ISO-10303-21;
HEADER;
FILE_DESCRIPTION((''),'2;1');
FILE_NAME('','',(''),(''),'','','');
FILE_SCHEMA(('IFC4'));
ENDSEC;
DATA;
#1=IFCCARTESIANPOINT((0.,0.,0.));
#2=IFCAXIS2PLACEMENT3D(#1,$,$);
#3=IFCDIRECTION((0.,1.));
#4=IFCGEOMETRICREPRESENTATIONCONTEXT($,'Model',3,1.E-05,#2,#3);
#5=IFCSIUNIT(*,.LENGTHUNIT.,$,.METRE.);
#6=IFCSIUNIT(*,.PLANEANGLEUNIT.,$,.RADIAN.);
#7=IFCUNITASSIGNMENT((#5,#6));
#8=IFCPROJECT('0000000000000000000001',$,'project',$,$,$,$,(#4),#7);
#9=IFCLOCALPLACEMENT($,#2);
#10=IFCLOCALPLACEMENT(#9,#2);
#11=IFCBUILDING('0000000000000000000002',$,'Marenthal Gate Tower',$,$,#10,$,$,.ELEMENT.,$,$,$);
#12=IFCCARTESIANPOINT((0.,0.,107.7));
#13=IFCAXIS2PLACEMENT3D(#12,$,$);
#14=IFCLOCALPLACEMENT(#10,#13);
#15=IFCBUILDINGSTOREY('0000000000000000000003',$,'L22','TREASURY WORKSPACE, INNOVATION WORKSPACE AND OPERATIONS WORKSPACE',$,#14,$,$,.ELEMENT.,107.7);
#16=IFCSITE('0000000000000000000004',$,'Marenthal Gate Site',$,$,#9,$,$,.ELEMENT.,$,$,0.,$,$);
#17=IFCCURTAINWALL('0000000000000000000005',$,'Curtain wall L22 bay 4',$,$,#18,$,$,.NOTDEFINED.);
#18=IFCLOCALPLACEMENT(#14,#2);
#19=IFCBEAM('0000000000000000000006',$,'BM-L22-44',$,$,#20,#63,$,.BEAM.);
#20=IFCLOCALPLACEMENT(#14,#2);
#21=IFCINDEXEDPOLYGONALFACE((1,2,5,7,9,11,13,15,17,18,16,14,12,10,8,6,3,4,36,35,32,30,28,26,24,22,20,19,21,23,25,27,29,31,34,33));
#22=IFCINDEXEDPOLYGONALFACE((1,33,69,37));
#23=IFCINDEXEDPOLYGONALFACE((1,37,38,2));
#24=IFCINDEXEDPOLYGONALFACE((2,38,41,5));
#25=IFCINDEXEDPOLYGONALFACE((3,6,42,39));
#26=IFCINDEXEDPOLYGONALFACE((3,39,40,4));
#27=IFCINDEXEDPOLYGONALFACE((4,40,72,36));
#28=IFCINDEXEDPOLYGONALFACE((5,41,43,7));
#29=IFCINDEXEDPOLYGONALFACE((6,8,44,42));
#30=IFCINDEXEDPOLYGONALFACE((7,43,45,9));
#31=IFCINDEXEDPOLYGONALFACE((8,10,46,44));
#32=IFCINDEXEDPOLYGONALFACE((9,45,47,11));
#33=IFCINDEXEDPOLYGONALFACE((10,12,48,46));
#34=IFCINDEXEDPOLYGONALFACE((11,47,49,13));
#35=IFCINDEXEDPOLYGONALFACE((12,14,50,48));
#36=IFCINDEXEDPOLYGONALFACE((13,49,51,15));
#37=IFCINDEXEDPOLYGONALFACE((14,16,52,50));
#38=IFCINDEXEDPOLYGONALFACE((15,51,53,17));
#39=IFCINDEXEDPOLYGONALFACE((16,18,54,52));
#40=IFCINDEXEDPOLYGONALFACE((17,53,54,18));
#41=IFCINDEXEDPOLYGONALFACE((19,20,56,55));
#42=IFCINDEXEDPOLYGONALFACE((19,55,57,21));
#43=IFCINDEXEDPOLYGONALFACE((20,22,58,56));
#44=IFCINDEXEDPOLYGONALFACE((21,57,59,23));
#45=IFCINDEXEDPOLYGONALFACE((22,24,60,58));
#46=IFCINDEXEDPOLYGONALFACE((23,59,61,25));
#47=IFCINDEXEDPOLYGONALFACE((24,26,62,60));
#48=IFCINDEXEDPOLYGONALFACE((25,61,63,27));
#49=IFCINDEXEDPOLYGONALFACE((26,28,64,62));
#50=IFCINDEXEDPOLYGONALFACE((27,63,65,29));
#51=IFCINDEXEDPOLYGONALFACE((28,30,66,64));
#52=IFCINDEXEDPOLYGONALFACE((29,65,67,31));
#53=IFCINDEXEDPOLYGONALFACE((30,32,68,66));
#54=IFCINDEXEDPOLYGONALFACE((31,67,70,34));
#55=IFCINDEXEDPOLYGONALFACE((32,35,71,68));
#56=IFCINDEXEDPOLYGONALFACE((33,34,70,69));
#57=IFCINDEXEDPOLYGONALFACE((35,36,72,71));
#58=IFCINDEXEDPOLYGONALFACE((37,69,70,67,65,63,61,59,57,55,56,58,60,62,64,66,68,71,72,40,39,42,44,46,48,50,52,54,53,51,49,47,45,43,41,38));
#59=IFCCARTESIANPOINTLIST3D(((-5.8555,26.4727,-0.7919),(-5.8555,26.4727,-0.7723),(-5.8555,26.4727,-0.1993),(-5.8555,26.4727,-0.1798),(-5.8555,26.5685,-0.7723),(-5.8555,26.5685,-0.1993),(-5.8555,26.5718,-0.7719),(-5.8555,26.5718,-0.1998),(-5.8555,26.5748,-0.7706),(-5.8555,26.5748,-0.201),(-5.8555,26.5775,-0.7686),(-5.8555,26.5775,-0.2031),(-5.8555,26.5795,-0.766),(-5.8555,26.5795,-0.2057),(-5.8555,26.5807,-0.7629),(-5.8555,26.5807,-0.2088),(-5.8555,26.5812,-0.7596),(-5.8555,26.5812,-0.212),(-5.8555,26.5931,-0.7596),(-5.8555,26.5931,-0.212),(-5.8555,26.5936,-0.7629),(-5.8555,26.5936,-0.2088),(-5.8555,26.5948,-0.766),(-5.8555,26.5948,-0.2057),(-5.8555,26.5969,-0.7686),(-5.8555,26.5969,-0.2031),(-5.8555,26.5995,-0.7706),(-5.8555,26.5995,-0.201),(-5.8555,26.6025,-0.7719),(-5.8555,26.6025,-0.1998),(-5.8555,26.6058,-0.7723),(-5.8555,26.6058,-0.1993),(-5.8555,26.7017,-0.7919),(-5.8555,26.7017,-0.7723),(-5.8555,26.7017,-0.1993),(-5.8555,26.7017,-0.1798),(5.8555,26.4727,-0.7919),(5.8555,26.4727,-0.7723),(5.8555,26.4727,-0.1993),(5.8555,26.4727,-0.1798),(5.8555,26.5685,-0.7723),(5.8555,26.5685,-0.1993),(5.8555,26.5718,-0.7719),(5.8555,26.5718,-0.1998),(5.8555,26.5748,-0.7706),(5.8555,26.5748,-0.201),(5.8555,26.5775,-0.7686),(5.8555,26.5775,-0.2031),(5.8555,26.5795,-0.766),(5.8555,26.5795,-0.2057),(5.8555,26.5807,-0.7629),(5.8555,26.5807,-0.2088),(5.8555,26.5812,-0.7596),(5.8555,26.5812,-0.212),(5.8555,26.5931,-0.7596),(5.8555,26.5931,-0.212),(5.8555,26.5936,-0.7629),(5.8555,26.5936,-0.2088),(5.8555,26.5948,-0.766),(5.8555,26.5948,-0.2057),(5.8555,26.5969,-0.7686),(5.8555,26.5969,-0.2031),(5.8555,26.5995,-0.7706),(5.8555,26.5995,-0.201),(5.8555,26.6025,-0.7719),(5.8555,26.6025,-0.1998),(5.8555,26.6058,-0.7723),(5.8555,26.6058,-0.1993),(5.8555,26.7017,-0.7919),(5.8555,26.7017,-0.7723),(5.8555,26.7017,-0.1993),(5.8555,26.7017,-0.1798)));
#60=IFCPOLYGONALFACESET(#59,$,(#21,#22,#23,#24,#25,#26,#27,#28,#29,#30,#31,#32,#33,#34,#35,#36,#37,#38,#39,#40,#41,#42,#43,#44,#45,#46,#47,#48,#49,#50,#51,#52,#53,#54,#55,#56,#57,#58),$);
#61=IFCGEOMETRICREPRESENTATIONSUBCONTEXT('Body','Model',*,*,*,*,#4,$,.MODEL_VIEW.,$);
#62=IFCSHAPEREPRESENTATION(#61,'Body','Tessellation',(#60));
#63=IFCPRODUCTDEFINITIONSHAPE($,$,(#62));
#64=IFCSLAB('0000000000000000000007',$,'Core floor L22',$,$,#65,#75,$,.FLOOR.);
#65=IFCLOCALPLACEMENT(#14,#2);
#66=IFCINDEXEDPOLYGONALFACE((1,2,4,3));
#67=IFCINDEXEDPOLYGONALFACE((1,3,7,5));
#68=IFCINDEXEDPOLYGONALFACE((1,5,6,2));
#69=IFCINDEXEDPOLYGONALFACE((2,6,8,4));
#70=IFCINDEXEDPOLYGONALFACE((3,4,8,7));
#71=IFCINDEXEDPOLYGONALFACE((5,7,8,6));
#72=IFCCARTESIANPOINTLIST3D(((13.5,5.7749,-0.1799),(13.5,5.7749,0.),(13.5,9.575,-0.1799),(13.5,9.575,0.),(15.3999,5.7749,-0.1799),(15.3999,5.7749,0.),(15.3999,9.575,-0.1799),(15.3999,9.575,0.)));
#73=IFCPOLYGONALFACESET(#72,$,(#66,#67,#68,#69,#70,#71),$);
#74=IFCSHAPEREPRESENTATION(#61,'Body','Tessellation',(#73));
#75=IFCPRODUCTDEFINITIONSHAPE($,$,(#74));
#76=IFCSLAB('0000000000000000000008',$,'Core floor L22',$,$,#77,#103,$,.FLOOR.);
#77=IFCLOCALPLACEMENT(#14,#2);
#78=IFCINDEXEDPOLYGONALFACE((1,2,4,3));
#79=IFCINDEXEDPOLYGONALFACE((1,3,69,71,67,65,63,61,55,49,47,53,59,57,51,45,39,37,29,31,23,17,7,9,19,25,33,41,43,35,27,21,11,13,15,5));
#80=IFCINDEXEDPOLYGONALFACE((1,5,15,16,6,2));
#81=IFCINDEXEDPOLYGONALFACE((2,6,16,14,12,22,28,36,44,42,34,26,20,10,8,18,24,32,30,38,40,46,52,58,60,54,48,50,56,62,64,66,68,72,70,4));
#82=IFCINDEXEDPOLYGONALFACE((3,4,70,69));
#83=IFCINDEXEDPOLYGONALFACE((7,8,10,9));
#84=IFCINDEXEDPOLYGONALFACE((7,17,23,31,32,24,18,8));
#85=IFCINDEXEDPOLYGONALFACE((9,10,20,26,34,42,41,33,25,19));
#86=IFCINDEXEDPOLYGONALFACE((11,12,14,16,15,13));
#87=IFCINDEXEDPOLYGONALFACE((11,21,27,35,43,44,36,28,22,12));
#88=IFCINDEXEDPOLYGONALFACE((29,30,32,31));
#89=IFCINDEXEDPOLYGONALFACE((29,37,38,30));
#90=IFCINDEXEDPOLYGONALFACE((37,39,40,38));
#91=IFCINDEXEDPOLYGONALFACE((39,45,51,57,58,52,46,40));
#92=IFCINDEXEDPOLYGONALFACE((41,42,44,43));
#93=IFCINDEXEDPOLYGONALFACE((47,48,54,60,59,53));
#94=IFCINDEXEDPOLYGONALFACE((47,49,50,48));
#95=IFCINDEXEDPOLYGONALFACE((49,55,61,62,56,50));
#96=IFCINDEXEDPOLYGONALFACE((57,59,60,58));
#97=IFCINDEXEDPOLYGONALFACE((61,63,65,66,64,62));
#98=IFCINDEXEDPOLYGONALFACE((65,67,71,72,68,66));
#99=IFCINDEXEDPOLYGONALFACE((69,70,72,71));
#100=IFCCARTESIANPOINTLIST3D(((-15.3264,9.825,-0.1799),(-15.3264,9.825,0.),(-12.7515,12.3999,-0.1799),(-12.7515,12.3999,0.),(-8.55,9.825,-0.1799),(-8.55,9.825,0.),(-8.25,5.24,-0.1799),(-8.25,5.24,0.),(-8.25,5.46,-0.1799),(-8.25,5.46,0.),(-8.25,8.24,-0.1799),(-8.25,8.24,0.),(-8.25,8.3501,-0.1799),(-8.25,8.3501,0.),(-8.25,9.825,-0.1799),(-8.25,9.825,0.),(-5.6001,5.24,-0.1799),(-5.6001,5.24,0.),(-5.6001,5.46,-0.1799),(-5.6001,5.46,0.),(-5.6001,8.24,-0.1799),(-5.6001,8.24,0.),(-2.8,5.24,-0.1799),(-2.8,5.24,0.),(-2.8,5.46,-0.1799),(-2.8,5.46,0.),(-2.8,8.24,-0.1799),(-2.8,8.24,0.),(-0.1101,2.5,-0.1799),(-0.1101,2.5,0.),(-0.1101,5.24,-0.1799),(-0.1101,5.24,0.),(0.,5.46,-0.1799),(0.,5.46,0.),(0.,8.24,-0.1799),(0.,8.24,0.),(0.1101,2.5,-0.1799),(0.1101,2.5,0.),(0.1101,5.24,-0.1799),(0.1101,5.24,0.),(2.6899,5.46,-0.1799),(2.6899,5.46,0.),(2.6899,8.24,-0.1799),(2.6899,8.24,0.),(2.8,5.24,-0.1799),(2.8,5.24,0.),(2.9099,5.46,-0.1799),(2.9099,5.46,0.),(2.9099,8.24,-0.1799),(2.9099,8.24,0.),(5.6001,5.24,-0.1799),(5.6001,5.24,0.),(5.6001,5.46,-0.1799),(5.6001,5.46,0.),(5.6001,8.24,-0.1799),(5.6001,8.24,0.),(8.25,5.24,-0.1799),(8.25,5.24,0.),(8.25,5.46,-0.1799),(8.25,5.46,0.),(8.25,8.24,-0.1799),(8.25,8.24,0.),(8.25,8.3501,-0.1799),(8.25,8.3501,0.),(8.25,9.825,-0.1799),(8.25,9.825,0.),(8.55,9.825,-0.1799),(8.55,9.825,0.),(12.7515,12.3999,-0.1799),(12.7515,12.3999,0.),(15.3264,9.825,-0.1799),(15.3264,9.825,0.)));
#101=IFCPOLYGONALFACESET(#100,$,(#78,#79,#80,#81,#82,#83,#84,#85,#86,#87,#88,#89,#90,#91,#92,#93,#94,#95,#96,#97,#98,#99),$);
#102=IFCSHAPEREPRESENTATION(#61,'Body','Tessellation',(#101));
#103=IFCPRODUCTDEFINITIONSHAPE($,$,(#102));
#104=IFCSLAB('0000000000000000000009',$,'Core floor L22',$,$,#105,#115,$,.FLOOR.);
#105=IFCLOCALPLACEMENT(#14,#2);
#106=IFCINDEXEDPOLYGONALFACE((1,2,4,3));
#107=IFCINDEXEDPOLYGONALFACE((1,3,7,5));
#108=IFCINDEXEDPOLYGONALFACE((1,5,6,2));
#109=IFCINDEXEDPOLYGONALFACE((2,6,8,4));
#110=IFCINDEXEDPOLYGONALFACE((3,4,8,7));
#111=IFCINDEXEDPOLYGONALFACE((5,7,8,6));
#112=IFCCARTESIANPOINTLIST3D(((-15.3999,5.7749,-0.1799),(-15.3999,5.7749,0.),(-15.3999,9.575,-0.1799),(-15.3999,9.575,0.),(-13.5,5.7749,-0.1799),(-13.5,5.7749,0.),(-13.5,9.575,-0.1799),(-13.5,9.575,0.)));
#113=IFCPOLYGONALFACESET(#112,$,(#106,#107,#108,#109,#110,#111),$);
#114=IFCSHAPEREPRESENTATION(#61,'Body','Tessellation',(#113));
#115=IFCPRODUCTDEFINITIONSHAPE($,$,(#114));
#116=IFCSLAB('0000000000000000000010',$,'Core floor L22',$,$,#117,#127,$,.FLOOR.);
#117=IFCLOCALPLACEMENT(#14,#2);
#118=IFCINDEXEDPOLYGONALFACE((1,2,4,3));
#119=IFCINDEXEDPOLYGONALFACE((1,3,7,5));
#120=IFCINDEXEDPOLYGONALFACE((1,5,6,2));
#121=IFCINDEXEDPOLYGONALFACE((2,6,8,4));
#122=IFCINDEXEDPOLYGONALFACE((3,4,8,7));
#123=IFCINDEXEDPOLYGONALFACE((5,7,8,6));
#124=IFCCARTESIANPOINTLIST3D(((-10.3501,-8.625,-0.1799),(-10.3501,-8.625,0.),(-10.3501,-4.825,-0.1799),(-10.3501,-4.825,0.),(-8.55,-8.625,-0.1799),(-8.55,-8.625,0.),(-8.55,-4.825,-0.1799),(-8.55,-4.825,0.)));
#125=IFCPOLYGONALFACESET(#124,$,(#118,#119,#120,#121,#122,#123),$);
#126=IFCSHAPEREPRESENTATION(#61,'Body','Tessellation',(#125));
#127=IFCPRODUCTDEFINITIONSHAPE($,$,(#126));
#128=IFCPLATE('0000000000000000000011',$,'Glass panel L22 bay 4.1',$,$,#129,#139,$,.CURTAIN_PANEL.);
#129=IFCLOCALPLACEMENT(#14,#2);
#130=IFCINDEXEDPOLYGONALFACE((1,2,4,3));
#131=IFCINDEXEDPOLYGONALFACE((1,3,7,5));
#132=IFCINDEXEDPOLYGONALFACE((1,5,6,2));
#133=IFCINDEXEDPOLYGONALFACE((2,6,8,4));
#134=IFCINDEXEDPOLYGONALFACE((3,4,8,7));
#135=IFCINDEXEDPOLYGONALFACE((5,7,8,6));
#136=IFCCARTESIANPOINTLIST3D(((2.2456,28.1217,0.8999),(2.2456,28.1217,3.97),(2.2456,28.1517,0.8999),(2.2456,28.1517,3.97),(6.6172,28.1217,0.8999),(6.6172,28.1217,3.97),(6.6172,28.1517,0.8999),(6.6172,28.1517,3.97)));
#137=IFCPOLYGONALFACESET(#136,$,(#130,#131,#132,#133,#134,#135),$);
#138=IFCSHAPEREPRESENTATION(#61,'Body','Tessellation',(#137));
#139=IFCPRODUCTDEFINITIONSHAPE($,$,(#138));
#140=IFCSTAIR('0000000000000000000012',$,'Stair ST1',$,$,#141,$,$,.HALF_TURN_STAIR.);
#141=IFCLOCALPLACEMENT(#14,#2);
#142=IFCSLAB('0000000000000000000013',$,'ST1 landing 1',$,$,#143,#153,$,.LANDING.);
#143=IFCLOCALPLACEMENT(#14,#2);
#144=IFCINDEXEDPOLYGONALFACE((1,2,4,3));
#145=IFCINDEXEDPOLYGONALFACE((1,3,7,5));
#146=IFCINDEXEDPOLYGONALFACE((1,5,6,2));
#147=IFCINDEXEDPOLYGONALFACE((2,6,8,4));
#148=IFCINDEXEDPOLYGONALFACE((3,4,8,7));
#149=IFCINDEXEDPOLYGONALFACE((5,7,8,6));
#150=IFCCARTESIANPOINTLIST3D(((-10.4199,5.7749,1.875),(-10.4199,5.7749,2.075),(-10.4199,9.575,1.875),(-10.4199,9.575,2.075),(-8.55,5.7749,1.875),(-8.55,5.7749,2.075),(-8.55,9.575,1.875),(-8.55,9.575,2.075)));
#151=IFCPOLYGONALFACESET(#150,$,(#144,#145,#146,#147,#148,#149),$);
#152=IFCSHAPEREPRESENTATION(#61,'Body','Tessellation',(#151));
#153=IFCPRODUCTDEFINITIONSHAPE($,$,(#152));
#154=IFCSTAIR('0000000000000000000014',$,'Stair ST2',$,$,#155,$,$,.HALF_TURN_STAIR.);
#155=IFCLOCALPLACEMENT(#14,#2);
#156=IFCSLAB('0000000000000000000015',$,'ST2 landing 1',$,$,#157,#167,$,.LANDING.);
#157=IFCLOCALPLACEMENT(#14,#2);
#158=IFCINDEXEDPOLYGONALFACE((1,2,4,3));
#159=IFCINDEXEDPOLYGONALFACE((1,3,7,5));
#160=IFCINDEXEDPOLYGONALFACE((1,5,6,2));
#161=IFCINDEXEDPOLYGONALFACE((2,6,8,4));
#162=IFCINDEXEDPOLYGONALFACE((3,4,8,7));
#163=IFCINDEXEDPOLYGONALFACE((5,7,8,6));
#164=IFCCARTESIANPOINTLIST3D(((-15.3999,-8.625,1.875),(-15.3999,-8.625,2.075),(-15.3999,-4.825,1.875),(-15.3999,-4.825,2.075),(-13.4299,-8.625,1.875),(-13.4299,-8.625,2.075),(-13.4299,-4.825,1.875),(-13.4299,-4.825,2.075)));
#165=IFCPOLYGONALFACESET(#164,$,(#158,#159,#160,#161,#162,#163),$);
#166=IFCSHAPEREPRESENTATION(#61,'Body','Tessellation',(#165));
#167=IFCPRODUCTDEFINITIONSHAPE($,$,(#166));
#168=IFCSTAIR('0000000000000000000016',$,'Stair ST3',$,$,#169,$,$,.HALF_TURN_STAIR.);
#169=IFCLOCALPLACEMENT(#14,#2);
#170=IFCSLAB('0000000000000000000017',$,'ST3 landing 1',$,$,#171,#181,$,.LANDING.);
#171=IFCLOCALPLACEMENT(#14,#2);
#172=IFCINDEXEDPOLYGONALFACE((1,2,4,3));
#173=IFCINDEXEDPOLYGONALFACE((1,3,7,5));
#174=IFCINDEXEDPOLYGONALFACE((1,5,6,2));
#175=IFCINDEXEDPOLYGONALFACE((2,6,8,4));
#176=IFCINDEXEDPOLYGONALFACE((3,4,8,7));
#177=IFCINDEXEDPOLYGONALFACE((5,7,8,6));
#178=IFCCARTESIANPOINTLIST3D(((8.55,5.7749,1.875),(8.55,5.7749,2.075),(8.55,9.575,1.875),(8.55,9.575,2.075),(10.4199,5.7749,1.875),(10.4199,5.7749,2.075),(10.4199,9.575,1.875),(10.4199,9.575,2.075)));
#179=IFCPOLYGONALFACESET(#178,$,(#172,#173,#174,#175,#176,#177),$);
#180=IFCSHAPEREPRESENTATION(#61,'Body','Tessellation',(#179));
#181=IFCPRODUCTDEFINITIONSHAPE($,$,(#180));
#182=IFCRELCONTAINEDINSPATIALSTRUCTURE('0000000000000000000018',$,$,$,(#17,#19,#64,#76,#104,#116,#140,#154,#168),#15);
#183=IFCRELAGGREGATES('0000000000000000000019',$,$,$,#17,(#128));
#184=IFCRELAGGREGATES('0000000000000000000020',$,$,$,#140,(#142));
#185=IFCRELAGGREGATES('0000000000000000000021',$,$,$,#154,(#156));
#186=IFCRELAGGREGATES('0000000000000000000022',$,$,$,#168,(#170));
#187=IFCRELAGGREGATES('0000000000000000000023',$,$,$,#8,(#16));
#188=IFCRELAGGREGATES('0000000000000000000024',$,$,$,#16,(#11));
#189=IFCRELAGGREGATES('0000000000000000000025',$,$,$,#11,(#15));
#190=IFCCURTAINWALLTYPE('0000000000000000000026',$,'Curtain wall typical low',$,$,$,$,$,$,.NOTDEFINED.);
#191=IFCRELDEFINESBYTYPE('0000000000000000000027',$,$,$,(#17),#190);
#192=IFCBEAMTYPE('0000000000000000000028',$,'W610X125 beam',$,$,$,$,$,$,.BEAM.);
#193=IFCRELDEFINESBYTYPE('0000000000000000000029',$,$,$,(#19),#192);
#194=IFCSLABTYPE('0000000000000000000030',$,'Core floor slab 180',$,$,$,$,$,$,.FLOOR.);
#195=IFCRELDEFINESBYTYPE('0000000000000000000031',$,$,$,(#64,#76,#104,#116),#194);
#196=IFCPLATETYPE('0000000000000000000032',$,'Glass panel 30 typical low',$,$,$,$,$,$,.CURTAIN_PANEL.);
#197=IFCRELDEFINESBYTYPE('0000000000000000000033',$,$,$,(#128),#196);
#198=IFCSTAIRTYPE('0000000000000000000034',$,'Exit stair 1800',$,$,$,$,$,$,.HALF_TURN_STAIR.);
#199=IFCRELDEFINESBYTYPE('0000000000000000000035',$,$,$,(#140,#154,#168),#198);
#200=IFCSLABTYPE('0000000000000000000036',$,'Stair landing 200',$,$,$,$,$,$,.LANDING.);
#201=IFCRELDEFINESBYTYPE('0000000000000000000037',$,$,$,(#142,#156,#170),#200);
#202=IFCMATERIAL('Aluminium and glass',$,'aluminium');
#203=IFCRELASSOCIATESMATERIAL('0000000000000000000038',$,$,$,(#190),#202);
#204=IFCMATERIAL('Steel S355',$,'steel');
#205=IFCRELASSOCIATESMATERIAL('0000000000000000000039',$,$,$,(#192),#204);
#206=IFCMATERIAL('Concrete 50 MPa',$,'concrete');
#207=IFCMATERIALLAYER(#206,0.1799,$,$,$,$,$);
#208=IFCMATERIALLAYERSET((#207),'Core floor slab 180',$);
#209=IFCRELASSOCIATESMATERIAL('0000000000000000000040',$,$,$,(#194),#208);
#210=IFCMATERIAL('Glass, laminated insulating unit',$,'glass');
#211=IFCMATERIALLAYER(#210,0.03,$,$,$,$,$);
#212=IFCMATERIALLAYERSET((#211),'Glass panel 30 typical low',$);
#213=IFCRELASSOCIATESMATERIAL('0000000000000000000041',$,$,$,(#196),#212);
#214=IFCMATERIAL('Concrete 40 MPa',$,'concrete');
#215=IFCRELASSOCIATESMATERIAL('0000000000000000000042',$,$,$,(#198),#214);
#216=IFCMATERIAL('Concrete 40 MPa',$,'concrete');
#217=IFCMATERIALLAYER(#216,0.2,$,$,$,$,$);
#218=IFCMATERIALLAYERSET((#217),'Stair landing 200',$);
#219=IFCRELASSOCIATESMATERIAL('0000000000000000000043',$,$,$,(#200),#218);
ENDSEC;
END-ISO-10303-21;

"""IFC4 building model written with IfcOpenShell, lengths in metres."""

from ifc_helpers import new_model, si_unit, direction, frame, origin, origin_2d, place, context, subcontext, project, spatial, polyline, rectangle, i_section, outline, extrude, material, layer, layer_set, material_profile, profile_set, type_object, element, aggregate, save


model = new_model("IFC4")

# Units and contexts
model_context = context("Model", 3, precision=1e-05, world=origin(), true_north=direction((0.0, 1.0)))
body_context = subcontext(model_context, "Body", "Model", "MODEL_VIEW")
ifc_project = project(units=[si_unit("LENGTHUNIT", "METRE"), si_unit("PLANEANGLEUNIT", "RADIAN")], contexts=[model_context])

# Site, building, storey
site_placement = place(None, origin())
site = spatial("IfcSite", under=ifc_project, at=site_placement, Name="Marenthal Gate Site", CompositionType="ELEMENT", RefElevation=0.0)
building_placement = place(site_placement, origin())
building = spatial("IfcBuilding", under=site, at=building_placement, Name="Marenthal Gate Tower", CompositionType="ELEMENT")
storey_placement = place(building_placement, frame((0.0, 0.0, 107.7)))
storey = spatial("IfcBuildingStorey", under=building, at=storey_placement, Name="L22", Description="TREASURY WORKSPACE, INNOVATION WORKSPACE AND OPERATIONS WORKSPACE", CompositionType="ELEMENT", Elevation=107.7)

# Curtain wall
ifc_material_1 = material(Name="Aluminium and glass", Category="aluminium")
curtain_wall_type = type_object("IfcCurtainWallType", Name="Curtain wall typical low", PredefinedType="NOTDEFINED", material=ifc_material_1)
curtain_wall_placement = place(storey_placement, origin())
curtain_wall = element("IfcCurtainWall", 1, at=curtain_wall_placement, inside=storey, type_object=curtain_wall_type, Name="Curtain wall L22 bay 4", PredefinedType="NOTDEFINED")

# Beam
ifc_material_2 = material(Name="Steel S355", Category="steel")
ifc_material_profile_1 = material_profile(ifc_material_2, i_section(OverallWidth=0.229, OverallDepth=0.6121, WebThickness=0.012, FlangeThickness=0.0195, FilletRadius=0.0127, at=origin_2d()), Name="W610X125")
ifc_profile_set_1 = profile_set([ifc_material_profile_1], Name="Steel S355")
beam_type_1 = type_object("IfcBeamType", Name="W610X125 beam", PredefinedType="BEAM", material=ifc_profile_set_1)
beam_1_placement = place(storey_placement, frame((5.8555, 26.5872, -0.4858), z_axis=(-1.0, 0.0, 0.0), x_axis=(0.0, -1.0, 0.0)))
element("IfcBeam", 2, at=beam_1_placement, inside=storey, type_object=beam_type_1, Name="BM-L22-44", PredefinedType="BEAM", context=body_context, shape_type="SweptSolid", body=[
    extrude(i_section(OverallWidth=0.229, OverallDepth=0.6121, WebThickness=0.012, FlangeThickness=0.0195, FilletRadius=0.0127, at=origin_2d()), origin(), (0.0, 0.0, 1.0), 11.7109),
])

# Slabs
ifc_material_3 = material(Name="Concrete 50 MPa", Category="concrete")
ifc_layer_1 = layer(ifc_material_3, 0.1799)
ifc_layer_set_1 = layer_set([ifc_layer_1], Name="Core floor slab 180")
slab_type_1 = type_object("IfcSlabType", Name="Core floor slab 180", PredefinedType="FLOOR", material=ifc_layer_set_1)
slab_1_placement = place(storey_placement, frame((0.0, 0.0, -0.1799)))
element("IfcSlab", 3, at=slab_1_placement, inside=storey, type_object=slab_type_1, Name="Core floor L22", PredefinedType="FLOOR", context=body_context, shape_type="SweptSolid", body=[
    extrude(outline(polyline([(15.3999, 5.7749), (13.5, 5.7749), (13.5, 9.575), (15.3999, 9.575), (15.3999, 5.7749)])), origin(), (0.0, 0.0, 1.0), 0.1799),
])
slab_2_placement = place(storey_placement, frame((0.0, 0.0, -0.1799)))
element("IfcSlab", 4, at=slab_2_placement, inside=storey, type_object=slab_type_1, Name="Core floor L22", PredefinedType="FLOOR", context=body_context, shape_type="SweptSolid", body=[
    extrude(outline(polyline([(12.7515, 12.3999), (15.3264, 9.825), (8.55, 9.825), (8.25, 9.825), (8.25, 8.3501), (8.25, 8.24), (5.6001, 8.24), (2.9099, 8.24), (2.9099, 5.46), (5.6001, 5.46), (8.25, 5.46), (8.25, 5.24), (5.6001, 5.24), (2.8, 5.24), (0.1101, 5.24), (0.1101, 2.5), (-0.1101, 2.5), (-0.1101, 5.24), (-2.8, 5.24), (-5.6001, 5.24), (-8.25, 5.24), (-8.25, 5.46), (-5.6001, 5.46), (-2.8, 5.46), (0.0, 5.46), (2.6899, 5.46), (2.6899, 8.24), (0.0, 8.24), (-2.8, 8.24), (-5.6001, 8.24), (-8.25, 8.24), (-8.25, 8.3501), (-8.25, 9.825), (-8.55, 9.825), (-15.3264, 9.825), (-12.7515, 12.3999), (12.7515, 12.3999)])), origin(), (0.0, 0.0, 1.0), 0.1799),
])
slab_3_placement = place(storey_placement, frame((0.0, 0.0, -0.1799)))
element("IfcSlab", 5, at=slab_3_placement, inside=storey, type_object=slab_type_1, Name="Core floor L22", PredefinedType="FLOOR", context=body_context, shape_type="SweptSolid", body=[
    extrude(outline(polyline([(-15.3999, 9.575), (-13.5, 9.575), (-13.5, 5.7749), (-15.3999, 5.7749), (-15.3999, 9.575)])), origin(), (0.0, 0.0, 1.0), 0.1799),
])
slab_4_placement = place(storey_placement, frame((0.0, 0.0, -0.1799)))
element("IfcSlab", 6, at=slab_4_placement, inside=storey, type_object=slab_type_1, Name="Core floor L22", PredefinedType="FLOOR", context=body_context, shape_type="SweptSolid", body=[
    extrude(outline(polyline([(-8.55, -8.625), (-10.3501, -8.625), (-10.3501, -4.825), (-8.55, -4.825), (-8.55, -8.625)])), origin(), (0.0, 0.0, 1.0), 0.1799),
])

# Plate
ifc_material_4 = material(Name="Glass, laminated insulating unit", Category="glass")
ifc_layer_2 = layer(ifc_material_4, 0.03)
ifc_layer_set_2 = layer_set([ifc_layer_2], Name="Glass panel 30 typical low")
plate_type = type_object("IfcPlateType", Name="Glass panel 30 typical low", PredefinedType="CURTAIN_PANEL", material=ifc_layer_set_2)
plate_placement = place(storey_placement, frame((4.4314, 28.1367, 0.8999), z_axis=(0.0, 0.0, 1.0), x_axis=(-1.0, 0.0, 0.0)))
plate = element("IfcPlate", 7, at=plate_placement, type_object=plate_type, Name="Glass panel L22 bay 4.1", PredefinedType="CURTAIN_PANEL", context=body_context, shape_type="SweptSolid", body=[
    extrude(rectangle(XDim=4.3716, YDim=0.03, at=origin_2d()), origin(), (0.0, 0.0, 1.0), 3.0701),
])
aggregate(curtain_wall, [plate])

# Stairs, slabs
ifc_material_5 = material(Name="Concrete 40 MPa", Category="concrete")
stair_type = type_object("IfcStairType", Name="Exit stair 1800", PredefinedType="HALF_TURN_STAIR", material=ifc_material_5)
stair_1_placement = place(storey_placement, origin())
stair_1 = element("IfcStair", 8, at=stair_1_placement, inside=storey, type_object=stair_type, Name="Stair ST1", PredefinedType="HALF_TURN_STAIR")
ifc_material_6 = material(Name="Concrete 40 MPa", Category="concrete")
ifc_layer_3 = layer(ifc_material_6, 0.2)
ifc_layer_set_3 = layer_set([ifc_layer_3], Name="Stair landing 200")
slab_type_2 = type_object("IfcSlabType", Name="Stair landing 200", PredefinedType="LANDING", material=ifc_layer_set_3)
slab_5_placement = place(storey_placement, frame((0.0, 0.0, 1.875)))
slab_5 = element("IfcSlab", 9, at=slab_5_placement, type_object=slab_type_2, Name="ST1 landing 1", PredefinedType="LANDING", context=body_context, shape_type="SweptSolid", body=[
    extrude(outline(polyline([(-10.4199, 5.7749), (-8.55, 5.7749), (-8.55, 9.575), (-10.4199, 9.575), (-10.4199, 5.7749)])), origin(), (0.0, 0.0, 1.0), 0.2),
])
aggregate(stair_1, [slab_5])
stair_2_placement = place(storey_placement, origin())
stair_2 = element("IfcStair", 10, at=stair_2_placement, inside=storey, type_object=stair_type, Name="Stair ST2", PredefinedType="HALF_TURN_STAIR")
slab_6_placement = place(storey_placement, frame((0.0, 0.0, 1.875)))
slab_6 = element("IfcSlab", 11, at=slab_6_placement, type_object=slab_type_2, Name="ST2 landing 1", PredefinedType="LANDING", context=body_context, shape_type="SweptSolid", body=[
    extrude(outline(polyline([(-15.3999, -8.625), (-13.4299, -8.625), (-13.4299, -4.825), (-15.3999, -4.825), (-15.3999, -8.625)])), origin(), (0.0, 0.0, 1.0), 0.2),
])
aggregate(stair_2, [slab_6])
stair_3_placement = place(storey_placement, origin())
stair_3 = element("IfcStair", 12, at=stair_3_placement, inside=storey, type_object=stair_type, Name="Stair ST3", PredefinedType="HALF_TURN_STAIR")
slab_7_placement = place(storey_placement, frame((0.0, 0.0, 1.875)))
slab_7 = element("IfcSlab", 13, at=slab_7_placement, type_object=slab_type_2, Name="ST3 landing 1", PredefinedType="LANDING", context=body_context, shape_type="SweptSolid", body=[
    extrude(outline(polyline([(8.55, 5.7749), (10.4199, 5.7749), (10.4199, 9.575), (8.55, 9.575), (8.55, 5.7749)])), origin(), (0.0, 0.0, 1.0), 0.2),
])

aggregate(stair_3, [slab_7])

save(model, "model.ifc")
